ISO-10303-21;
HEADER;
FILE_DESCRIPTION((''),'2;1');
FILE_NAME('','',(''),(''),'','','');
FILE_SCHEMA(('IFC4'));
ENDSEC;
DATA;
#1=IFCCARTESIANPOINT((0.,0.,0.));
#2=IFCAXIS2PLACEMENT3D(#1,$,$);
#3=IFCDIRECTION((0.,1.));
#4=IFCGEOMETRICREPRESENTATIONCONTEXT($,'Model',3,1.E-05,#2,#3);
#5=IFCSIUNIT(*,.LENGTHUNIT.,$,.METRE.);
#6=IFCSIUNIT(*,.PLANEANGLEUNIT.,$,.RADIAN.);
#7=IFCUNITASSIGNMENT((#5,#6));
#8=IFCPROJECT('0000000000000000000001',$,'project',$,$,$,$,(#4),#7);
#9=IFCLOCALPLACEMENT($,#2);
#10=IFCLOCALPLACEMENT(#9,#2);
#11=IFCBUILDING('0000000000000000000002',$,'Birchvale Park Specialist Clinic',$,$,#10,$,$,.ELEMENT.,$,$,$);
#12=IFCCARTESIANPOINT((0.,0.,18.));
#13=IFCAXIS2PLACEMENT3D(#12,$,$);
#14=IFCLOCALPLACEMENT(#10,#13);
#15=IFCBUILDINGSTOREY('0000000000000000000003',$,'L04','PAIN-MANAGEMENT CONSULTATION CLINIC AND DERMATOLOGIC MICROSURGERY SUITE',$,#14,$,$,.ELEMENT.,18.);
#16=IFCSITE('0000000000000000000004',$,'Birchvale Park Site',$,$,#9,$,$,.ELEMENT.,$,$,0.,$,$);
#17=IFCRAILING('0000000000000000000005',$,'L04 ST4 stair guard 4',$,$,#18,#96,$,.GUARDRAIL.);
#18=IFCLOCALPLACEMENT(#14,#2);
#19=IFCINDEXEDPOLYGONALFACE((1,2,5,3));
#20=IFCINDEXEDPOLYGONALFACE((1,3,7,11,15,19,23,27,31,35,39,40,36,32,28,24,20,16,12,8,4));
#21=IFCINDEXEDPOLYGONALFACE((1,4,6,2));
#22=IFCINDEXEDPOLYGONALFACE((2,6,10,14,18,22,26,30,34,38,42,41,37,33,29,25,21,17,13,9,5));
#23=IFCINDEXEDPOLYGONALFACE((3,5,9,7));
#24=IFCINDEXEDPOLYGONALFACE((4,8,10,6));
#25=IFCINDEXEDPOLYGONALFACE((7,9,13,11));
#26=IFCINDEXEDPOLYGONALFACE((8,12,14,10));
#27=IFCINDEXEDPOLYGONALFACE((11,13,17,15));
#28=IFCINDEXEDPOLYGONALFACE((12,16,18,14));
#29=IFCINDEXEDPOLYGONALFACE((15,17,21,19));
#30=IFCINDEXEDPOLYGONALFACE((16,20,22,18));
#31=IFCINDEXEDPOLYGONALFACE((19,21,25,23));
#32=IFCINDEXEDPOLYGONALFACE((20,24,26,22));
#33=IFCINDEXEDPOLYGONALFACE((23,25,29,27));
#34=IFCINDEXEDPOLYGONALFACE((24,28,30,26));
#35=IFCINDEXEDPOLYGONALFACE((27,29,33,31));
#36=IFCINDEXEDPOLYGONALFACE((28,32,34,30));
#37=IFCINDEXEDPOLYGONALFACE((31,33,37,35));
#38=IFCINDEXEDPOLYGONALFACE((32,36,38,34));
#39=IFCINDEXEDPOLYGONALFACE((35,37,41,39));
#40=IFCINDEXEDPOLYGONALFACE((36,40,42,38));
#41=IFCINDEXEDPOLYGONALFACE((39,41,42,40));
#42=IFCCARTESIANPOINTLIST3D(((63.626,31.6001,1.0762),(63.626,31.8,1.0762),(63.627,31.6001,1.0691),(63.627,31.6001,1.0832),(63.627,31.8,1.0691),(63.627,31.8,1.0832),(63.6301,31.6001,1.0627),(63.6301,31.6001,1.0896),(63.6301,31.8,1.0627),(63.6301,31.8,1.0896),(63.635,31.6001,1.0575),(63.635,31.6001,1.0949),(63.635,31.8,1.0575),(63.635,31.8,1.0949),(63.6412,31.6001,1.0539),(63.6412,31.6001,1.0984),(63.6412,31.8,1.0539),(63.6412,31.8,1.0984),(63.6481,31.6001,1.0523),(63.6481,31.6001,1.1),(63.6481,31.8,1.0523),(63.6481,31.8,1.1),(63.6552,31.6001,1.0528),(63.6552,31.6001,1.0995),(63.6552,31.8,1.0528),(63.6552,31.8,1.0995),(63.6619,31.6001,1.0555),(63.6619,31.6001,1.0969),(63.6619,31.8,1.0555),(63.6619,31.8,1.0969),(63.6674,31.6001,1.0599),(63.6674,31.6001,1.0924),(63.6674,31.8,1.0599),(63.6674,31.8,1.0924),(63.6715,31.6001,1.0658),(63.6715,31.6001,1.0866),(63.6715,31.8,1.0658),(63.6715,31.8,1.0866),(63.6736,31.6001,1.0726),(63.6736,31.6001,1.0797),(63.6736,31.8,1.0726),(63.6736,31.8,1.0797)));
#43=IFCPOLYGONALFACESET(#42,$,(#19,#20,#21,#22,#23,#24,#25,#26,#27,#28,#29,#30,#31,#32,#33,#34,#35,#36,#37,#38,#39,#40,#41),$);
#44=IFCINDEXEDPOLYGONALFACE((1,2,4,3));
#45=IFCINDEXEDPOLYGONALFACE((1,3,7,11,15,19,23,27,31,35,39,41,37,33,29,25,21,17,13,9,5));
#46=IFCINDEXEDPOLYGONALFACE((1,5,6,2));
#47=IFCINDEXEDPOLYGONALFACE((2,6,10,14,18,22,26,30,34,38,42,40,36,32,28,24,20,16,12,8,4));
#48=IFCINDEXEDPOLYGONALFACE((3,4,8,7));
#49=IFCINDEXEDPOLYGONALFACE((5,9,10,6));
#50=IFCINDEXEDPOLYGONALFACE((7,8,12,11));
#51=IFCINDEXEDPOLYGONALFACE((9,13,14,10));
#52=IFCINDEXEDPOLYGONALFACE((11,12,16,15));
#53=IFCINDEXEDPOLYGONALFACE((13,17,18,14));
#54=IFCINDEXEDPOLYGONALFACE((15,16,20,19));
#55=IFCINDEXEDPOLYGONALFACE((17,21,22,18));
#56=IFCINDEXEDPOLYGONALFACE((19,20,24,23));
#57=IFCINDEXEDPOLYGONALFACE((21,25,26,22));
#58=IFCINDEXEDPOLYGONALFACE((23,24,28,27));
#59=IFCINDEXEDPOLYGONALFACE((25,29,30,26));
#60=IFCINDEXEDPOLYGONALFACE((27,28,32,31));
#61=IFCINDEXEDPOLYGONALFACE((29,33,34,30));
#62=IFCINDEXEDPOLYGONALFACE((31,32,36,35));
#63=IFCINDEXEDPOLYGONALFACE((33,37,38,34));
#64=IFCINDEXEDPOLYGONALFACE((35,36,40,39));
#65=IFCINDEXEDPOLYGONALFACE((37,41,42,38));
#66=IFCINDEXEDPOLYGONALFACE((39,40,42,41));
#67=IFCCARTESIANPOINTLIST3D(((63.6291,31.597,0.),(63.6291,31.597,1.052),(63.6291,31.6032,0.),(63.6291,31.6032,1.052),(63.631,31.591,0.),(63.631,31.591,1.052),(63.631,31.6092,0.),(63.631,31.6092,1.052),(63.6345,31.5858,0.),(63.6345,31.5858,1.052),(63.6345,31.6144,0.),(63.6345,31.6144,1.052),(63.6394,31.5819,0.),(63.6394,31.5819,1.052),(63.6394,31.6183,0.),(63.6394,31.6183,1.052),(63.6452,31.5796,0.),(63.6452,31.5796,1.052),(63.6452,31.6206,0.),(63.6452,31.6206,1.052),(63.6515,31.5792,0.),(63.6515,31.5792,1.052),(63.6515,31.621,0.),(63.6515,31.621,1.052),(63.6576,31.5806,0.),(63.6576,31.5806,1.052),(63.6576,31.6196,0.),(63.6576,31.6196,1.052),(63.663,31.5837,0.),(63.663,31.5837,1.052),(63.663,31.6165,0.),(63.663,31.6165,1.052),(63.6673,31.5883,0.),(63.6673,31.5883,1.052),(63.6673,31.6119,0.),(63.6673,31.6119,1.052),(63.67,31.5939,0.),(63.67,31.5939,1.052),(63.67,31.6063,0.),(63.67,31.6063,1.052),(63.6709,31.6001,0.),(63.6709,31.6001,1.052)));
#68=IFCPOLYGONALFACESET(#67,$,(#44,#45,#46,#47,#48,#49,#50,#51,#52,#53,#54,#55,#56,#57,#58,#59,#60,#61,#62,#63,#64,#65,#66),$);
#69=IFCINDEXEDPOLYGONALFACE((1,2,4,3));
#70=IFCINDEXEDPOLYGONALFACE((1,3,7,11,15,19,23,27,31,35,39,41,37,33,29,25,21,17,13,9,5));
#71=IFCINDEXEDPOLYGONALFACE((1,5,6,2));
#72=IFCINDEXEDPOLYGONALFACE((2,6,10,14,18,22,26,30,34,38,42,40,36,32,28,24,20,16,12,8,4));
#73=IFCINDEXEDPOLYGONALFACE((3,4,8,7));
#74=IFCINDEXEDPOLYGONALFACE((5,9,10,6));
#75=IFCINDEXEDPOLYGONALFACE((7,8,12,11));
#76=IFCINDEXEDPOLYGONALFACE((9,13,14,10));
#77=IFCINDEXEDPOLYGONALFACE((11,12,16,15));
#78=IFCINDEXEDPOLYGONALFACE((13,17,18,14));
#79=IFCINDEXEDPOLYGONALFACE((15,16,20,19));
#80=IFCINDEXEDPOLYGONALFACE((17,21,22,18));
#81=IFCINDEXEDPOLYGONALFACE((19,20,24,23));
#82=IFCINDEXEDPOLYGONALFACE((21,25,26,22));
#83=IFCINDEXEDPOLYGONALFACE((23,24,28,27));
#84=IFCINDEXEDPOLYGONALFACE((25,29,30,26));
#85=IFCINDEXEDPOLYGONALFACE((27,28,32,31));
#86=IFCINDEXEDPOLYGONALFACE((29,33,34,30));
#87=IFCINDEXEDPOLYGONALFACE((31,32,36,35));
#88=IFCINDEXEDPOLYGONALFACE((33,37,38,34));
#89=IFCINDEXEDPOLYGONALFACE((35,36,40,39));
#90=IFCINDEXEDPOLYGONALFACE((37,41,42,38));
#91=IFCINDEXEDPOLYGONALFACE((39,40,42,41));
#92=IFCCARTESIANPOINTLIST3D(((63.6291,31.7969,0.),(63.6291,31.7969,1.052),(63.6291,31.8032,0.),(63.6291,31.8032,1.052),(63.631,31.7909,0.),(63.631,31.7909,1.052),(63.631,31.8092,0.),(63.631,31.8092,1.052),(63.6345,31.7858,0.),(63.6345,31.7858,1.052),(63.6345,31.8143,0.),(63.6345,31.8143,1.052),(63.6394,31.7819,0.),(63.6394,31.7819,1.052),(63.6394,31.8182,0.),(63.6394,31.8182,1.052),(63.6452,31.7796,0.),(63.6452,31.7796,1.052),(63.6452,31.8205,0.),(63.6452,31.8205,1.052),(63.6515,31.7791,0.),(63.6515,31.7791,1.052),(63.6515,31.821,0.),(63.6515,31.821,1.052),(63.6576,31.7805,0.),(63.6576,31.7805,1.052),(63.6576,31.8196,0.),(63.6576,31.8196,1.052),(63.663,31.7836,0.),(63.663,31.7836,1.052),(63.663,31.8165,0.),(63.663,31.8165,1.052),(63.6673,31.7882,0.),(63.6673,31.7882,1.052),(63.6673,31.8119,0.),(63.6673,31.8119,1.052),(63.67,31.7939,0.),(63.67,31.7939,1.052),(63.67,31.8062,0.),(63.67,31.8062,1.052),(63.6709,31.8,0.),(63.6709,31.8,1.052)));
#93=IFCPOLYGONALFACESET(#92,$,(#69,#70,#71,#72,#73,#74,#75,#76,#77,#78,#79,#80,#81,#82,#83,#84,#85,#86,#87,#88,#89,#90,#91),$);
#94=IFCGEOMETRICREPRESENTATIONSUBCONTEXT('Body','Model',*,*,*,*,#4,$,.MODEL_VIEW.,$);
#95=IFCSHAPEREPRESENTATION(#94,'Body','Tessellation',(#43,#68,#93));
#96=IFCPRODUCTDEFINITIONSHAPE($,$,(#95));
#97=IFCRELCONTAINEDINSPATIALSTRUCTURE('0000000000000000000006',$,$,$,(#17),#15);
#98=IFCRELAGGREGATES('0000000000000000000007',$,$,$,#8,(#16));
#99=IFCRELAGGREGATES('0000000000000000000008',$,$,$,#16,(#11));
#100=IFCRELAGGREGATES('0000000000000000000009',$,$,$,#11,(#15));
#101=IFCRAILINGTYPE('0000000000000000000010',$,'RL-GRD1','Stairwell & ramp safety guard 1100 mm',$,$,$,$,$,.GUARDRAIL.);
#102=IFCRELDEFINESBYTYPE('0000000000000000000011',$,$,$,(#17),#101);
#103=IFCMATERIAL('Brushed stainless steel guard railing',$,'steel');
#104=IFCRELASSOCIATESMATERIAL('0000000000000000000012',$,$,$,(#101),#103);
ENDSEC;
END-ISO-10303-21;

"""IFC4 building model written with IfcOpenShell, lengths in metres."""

from ifc_helpers import new_model, si_unit, direction, frame, origin, origin_2d, place, context, subcontext, project, spatial, circle, extrude, material, type_object, element, save


model = new_model("IFC4")

# Units and contexts
model_context = context("Model", 3, precision=1e-05, world=origin(), true_north=direction((0.0, 1.0)))
body_context = subcontext(model_context, "Body", "Model", "MODEL_VIEW")
ifc_project = project(units=[si_unit("LENGTHUNIT", "METRE"), si_unit("PLANEANGLEUNIT", "RADIAN")], contexts=[model_context])

# Site, building, storey
site_placement = place(None, origin())
site = spatial("IfcSite", under=ifc_project, at=site_placement, Name="Birchvale Park Site", CompositionType="ELEMENT", RefElevation=0.0)
building_placement = place(site_placement, origin())
building = spatial("IfcBuilding", under=site, at=building_placement, Name="Birchvale Park Specialist Clinic", CompositionType="ELEMENT")
storey_placement = place(building_placement, frame((0.0, 0.0, 18.0)))
storey = spatial("IfcBuildingStorey", under=building, at=storey_placement, Name="L04", Description="PAIN-MANAGEMENT CONSULTATION CLINIC AND DERMATOLOGIC MICROSURGERY SUITE", CompositionType="ELEMENT", Elevation=18.0)

# Railing
ifc_material_1 = material(Name="Brushed stainless steel guard railing", Category="steel")
railing_type_1 = type_object("IfcRailingType", Name="RL-GRD1", Description="Stairwell & ramp safety guard 1100 mm", PredefinedType="GUARDRAIL", material=ifc_material_1)
railing_1_placement = place(storey_placement, frame((63.6499, 31.6001, 0.0)))
element("IfcRailing", 1, at=railing_1_placement, inside=storey, type_object=railing_type_1, Name="L04 ST4 stair guard 4", PredefinedType="GUARDRAIL", context=body_context, shape_type="SweptSolid", body=[
    extrude(circle(Radius=0.0239, at=origin_2d()), frame((0.0, 0.0, 1.0762), z_axis=(0.0, 1.0, 0.0), x_axis=(-1.0, 0.0, 0.0)), (0.0, 0.0, 1.0), 0.2),
    extrude(circle(Radius=0.021, at=origin_2d()), origin(), (0.0, 0.0, 1.0), 1.052),
    extrude(circle(Radius=0.021, at=origin_2d()), frame((0.0, 0.2, 0.0)), (0.0, 0.0, 1.0), 1.052),
])

save(model, "model.ifc")
